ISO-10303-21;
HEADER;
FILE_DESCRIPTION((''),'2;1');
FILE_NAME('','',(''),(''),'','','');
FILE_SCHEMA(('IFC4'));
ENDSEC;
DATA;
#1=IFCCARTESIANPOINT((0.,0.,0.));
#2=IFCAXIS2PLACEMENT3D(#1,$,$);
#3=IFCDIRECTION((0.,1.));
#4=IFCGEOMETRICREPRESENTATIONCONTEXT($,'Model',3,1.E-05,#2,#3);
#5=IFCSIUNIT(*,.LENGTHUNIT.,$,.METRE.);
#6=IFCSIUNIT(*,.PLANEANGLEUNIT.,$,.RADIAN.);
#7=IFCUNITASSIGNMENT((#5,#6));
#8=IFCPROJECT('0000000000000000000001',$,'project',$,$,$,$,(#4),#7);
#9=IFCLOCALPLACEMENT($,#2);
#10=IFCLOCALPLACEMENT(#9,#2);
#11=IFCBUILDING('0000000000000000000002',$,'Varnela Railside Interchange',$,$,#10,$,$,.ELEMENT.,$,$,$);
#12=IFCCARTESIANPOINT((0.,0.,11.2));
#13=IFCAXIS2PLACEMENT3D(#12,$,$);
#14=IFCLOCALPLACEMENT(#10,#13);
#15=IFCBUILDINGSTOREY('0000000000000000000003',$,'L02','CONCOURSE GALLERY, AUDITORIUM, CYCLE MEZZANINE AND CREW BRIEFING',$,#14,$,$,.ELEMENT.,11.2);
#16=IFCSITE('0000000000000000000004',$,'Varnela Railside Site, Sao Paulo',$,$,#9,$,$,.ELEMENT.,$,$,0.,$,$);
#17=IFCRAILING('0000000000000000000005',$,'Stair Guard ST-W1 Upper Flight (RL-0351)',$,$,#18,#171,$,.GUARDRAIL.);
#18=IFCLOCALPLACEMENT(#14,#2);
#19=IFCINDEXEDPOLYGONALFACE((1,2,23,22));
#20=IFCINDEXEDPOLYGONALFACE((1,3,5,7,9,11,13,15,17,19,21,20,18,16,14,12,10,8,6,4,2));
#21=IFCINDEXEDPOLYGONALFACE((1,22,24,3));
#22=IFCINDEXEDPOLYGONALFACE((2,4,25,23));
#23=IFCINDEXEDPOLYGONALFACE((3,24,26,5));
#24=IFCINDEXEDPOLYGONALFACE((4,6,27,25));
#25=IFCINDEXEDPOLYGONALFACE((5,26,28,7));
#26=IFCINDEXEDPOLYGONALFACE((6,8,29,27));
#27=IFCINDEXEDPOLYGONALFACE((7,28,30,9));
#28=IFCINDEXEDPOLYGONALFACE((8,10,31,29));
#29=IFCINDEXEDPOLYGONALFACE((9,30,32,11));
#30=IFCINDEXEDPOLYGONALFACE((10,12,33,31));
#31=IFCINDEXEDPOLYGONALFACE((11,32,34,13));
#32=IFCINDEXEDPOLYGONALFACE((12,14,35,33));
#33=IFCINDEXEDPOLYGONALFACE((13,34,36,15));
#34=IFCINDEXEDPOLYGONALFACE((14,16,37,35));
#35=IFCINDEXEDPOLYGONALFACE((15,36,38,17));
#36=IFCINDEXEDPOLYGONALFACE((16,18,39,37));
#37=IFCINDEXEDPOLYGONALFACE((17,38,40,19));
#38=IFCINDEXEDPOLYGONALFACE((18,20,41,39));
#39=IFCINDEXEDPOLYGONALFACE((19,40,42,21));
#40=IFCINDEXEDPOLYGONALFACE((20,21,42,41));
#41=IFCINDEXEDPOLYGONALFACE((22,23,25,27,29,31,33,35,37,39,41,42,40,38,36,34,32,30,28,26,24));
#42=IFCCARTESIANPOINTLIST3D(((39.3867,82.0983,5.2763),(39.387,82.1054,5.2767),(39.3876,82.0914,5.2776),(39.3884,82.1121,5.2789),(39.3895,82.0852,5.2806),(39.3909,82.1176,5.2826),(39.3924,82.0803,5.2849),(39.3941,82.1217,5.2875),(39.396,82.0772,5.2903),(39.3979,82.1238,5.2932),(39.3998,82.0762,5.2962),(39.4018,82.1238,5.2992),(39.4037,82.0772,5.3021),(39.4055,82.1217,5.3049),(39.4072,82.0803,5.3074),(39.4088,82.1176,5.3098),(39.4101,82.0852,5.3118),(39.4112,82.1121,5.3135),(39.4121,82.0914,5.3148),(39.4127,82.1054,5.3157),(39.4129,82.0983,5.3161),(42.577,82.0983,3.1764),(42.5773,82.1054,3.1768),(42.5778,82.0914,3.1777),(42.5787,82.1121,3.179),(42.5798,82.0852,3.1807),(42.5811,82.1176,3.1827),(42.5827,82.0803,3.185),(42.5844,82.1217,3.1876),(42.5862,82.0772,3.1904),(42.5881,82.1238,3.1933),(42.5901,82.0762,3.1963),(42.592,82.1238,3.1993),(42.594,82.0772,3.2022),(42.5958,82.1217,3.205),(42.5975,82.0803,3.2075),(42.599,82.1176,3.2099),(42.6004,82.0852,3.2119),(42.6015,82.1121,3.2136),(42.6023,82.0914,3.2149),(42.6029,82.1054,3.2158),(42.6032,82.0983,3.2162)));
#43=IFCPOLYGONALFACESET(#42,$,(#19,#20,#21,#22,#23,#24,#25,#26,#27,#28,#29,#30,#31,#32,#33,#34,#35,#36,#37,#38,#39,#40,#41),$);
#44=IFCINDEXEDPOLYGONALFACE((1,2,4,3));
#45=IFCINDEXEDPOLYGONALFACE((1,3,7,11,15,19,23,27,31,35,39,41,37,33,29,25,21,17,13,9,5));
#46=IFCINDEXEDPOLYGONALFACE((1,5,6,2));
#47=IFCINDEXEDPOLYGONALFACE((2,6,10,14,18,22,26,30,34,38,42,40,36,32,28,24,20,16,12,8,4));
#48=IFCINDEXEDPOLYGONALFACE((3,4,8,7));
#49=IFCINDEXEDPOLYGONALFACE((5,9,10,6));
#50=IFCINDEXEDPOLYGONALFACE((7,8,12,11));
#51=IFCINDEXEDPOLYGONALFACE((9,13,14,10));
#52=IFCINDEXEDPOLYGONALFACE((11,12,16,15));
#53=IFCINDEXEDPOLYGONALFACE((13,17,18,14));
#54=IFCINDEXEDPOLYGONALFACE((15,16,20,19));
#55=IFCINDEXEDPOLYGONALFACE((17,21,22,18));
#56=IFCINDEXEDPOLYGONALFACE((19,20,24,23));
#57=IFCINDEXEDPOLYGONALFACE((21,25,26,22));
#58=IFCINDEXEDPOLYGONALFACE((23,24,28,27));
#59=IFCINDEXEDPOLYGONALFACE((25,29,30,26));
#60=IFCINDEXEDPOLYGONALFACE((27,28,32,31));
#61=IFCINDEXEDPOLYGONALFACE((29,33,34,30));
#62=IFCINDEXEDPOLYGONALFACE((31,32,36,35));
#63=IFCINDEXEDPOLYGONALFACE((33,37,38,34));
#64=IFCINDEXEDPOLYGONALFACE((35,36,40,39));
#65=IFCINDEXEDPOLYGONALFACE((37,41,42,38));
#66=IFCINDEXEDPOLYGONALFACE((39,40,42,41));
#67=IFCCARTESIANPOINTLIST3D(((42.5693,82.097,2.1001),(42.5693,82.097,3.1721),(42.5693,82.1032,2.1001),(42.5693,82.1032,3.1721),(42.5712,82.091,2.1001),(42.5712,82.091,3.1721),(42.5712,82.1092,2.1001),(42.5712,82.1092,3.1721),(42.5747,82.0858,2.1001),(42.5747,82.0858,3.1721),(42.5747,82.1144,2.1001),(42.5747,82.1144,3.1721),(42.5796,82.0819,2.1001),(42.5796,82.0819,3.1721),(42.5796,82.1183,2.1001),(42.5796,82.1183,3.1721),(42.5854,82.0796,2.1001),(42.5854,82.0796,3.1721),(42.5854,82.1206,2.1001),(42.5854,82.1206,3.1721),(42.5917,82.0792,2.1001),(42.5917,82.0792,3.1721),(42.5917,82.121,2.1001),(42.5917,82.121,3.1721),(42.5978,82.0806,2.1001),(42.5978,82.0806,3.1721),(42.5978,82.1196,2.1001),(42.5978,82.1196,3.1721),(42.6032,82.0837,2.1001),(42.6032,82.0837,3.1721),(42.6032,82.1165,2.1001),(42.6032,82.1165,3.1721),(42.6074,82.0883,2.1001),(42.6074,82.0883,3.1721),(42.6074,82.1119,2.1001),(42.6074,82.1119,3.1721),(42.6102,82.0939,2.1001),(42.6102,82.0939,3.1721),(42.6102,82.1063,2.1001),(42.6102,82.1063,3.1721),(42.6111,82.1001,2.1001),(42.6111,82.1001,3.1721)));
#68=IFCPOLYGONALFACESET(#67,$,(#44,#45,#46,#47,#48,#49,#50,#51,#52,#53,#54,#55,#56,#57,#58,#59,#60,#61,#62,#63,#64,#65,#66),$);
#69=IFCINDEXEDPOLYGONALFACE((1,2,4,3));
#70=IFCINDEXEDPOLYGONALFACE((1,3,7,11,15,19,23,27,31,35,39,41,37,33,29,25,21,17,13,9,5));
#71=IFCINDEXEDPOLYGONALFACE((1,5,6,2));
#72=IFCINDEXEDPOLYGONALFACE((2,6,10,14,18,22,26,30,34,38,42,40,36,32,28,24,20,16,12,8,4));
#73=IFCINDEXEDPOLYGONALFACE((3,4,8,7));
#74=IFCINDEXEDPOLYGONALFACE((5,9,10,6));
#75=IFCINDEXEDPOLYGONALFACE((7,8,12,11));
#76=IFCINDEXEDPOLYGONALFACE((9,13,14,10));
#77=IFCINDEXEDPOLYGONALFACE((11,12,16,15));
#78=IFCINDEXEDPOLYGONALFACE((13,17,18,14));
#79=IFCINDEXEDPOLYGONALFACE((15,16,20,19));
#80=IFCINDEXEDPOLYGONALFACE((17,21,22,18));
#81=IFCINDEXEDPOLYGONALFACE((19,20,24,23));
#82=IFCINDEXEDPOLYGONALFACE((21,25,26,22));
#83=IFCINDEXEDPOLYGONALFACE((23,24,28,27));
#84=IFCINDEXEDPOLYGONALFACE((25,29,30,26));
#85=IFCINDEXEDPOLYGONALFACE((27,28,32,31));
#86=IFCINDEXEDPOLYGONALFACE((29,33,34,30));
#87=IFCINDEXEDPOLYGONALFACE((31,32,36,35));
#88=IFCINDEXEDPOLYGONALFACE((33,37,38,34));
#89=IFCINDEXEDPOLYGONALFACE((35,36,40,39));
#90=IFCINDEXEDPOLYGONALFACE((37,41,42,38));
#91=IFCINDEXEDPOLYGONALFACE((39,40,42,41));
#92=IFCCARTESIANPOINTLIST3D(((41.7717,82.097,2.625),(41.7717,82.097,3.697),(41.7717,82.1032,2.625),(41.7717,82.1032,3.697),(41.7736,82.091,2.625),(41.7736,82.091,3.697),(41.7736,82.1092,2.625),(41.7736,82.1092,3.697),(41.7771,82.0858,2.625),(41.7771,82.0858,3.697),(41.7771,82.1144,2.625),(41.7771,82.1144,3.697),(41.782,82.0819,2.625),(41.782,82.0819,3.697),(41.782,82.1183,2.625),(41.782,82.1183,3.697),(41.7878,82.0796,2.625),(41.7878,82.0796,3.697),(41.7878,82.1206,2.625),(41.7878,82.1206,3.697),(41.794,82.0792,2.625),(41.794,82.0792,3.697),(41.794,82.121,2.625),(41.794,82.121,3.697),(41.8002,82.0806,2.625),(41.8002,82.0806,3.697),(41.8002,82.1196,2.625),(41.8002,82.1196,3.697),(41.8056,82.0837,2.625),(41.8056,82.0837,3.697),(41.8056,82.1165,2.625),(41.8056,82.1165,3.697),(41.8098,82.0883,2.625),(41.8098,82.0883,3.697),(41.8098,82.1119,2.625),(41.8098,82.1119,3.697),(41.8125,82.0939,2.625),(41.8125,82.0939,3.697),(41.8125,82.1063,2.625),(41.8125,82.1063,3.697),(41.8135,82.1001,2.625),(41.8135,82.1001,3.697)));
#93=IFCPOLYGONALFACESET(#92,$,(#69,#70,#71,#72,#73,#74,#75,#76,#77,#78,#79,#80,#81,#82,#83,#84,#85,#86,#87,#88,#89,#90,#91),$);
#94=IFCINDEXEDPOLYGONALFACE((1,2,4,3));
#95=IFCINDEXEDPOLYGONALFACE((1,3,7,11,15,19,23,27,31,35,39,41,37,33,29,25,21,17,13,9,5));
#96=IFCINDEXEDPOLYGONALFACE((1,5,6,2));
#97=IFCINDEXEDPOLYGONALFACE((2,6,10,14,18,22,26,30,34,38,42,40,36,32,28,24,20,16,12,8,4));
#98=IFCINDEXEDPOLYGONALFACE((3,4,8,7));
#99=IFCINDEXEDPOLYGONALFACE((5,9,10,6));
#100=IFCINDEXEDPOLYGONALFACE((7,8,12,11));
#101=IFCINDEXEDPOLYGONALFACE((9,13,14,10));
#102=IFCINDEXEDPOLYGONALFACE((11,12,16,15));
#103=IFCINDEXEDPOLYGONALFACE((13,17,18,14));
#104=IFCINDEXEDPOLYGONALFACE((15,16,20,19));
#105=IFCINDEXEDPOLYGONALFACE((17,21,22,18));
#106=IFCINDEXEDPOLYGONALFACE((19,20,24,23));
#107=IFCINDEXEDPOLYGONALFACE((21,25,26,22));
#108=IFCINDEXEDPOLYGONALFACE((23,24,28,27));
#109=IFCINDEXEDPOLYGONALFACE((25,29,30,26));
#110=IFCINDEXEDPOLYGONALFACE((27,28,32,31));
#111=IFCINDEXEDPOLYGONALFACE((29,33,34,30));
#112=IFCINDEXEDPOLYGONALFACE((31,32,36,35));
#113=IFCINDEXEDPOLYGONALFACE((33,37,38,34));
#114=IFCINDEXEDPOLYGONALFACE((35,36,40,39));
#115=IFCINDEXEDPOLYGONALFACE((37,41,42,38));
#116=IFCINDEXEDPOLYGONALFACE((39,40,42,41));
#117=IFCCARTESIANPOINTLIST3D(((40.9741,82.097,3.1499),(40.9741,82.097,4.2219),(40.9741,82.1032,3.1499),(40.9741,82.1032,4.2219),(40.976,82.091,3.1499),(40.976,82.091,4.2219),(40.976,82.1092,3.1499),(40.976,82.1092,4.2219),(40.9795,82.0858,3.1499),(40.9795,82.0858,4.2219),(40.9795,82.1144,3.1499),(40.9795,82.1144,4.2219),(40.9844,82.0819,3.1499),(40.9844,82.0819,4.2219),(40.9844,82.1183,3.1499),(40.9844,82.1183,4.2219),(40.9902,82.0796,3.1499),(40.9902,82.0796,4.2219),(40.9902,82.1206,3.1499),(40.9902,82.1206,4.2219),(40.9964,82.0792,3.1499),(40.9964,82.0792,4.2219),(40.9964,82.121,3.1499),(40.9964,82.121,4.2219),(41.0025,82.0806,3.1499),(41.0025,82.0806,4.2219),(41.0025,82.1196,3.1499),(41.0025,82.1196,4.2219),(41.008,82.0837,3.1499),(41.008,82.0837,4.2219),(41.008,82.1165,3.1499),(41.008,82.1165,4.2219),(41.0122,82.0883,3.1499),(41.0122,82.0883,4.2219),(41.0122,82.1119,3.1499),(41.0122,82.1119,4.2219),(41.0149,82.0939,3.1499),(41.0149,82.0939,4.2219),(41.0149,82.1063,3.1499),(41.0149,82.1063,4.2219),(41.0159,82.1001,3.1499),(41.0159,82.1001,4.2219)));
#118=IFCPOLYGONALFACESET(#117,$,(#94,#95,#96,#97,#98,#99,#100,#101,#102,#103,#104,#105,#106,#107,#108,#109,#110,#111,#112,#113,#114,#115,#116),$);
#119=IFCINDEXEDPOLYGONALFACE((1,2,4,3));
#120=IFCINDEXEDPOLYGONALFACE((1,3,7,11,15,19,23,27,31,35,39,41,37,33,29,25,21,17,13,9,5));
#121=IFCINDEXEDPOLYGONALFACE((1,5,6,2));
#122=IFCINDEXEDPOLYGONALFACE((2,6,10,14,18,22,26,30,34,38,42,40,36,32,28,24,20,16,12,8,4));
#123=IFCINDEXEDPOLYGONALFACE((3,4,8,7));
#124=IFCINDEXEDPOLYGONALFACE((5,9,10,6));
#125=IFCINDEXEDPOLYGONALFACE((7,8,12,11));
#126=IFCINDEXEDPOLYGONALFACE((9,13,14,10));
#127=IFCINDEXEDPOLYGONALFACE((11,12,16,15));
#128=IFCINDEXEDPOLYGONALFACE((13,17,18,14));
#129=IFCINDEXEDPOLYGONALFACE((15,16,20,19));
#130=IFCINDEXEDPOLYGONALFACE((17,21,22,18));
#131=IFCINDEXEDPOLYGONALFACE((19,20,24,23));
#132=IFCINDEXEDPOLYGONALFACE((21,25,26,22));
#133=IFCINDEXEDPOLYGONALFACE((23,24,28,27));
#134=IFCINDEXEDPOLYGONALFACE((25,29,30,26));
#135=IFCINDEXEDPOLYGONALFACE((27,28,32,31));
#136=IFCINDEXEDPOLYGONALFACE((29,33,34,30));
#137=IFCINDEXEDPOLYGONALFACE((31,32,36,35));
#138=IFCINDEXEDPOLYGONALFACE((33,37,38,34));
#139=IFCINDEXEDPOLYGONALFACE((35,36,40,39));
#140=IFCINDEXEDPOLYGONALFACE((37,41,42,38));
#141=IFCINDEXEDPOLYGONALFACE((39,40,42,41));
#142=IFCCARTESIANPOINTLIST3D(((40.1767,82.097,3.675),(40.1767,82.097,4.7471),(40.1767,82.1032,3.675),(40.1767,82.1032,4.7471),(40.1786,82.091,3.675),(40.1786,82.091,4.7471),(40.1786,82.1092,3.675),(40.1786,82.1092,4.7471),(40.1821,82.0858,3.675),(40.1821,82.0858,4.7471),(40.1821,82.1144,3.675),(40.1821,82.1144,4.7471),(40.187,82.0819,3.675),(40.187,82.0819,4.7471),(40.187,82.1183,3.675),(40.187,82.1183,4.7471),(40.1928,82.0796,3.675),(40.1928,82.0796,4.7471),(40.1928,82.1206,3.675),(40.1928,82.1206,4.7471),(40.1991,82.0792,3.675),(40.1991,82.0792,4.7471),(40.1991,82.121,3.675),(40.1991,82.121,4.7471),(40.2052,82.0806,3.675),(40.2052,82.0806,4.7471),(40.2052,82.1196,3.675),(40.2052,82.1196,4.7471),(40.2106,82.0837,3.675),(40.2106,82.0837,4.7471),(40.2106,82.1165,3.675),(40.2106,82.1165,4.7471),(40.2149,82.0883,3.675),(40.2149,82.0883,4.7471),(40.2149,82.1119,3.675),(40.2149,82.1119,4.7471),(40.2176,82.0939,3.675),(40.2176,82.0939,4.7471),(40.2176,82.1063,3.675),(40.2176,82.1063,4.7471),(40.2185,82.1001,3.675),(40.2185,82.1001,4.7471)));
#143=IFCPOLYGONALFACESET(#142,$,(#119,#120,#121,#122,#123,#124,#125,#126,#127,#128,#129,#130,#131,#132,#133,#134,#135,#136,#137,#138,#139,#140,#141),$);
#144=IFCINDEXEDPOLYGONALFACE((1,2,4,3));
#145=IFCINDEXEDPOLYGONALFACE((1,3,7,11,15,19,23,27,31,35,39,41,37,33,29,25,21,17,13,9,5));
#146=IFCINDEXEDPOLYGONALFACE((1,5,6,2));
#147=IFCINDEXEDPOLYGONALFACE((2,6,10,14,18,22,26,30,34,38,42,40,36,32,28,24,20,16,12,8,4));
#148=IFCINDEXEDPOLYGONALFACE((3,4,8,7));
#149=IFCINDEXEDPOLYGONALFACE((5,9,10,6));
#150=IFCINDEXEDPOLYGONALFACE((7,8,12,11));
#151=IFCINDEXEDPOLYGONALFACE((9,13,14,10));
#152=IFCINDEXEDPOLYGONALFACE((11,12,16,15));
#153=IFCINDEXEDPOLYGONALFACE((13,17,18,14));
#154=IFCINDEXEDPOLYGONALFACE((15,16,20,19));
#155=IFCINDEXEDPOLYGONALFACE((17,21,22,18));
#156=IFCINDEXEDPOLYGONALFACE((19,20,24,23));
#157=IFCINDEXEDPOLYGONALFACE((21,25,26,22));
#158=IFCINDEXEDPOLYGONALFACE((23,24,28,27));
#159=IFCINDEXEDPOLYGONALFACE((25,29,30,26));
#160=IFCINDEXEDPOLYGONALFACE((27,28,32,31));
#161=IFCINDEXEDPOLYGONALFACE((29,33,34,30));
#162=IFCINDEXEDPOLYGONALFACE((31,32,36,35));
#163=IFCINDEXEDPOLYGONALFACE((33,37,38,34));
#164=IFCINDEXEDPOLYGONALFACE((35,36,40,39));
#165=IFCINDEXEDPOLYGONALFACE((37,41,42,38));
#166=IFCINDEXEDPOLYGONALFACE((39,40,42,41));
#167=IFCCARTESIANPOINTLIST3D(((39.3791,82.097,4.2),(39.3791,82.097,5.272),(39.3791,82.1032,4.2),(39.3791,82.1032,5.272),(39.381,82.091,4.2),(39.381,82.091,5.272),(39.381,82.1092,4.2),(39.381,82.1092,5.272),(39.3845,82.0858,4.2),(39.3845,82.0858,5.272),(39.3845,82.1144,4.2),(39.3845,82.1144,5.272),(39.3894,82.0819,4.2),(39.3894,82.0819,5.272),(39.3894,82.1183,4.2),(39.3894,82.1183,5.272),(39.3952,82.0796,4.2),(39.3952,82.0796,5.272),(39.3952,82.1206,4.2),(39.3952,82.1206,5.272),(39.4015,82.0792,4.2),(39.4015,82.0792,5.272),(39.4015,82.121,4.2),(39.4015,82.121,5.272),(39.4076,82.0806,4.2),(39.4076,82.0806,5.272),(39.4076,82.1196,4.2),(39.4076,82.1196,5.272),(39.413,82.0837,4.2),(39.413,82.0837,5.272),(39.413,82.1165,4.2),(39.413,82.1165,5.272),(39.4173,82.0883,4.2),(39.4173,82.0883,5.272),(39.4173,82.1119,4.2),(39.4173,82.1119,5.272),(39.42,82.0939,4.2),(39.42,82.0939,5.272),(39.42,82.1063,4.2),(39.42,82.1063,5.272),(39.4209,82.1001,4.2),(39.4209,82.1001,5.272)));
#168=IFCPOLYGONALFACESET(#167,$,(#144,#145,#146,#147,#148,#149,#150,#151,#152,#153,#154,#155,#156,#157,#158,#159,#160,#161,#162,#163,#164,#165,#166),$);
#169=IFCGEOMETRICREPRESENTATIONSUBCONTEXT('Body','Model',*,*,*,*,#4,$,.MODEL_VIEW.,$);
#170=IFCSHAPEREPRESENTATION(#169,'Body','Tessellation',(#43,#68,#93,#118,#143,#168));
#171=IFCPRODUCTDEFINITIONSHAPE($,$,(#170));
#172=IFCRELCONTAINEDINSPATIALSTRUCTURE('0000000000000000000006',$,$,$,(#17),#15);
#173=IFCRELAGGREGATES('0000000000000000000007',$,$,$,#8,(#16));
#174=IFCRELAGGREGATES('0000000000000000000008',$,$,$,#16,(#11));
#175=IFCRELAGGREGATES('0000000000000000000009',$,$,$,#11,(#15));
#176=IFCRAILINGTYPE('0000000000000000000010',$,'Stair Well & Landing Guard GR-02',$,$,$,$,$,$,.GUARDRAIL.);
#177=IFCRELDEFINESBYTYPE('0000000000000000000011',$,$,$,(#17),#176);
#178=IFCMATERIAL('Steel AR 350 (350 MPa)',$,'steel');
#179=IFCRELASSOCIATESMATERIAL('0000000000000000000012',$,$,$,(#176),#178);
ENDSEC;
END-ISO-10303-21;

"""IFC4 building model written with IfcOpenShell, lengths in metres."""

from ifc_helpers import new_model, si_unit, direction, frame, origin, origin_2d, place, context, subcontext, project, spatial, circle, extrude, material, type_object, element, save


model = new_model("IFC4")

# Units and contexts
model_context = context("Model", 3, precision=1e-05, world=origin(), true_north=direction((0.0, 1.0)))
body_context = subcontext(model_context, "Body", "Model", "MODEL_VIEW")
ifc_project = project(units=[si_unit("LENGTHUNIT", "METRE"), si_unit("PLANEANGLEUNIT", "RADIAN")], contexts=[model_context])

# Site, building, storey
site_placement = place(None, origin())
site = spatial("IfcSite", under=ifc_project, at=site_placement, Name="Varnela Railside Site, Sao Paulo", CompositionType="ELEMENT", RefElevation=0.0)
building_placement = place(site_placement, origin())
building = spatial("IfcBuilding", under=site, at=building_placement, Name="Varnela Railside Interchange", CompositionType="ELEMENT")
storey_placement = place(building_placement, frame((0.0, 0.0, 11.2)))
storey = spatial("IfcBuildingStorey", under=building, at=storey_placement, Name="L02", Description="CONCOURSE GALLERY, AUDITORIUM, CYCLE MEZZANINE AND CREW BRIEFING", CompositionType="ELEMENT", Elevation=11.2)

# Shared definitions
ifc_material_1 = material(Name="Steel AR 350 (350 MPa)", Category="steel")

# Railing
railing_type_1 = type_object("IfcRailingType", Name="Stair Well & Landing Guard GR-02", PredefinedType="GUARDRAIL", material=ifc_material_1)
railing_1_placement = place(storey_placement, frame((42.5901, 82.1001, 2.1001)))
element("IfcRailing", 1, at=railing_1_placement, inside=storey, type_object=railing_type_1, Name="Stair Guard ST-W1 Upper Flight (RL-0351)", PredefinedType="GUARDRAIL", context=body_context, shape_type="SweptSolid", body=[
    extrude(circle(Radius=0.0239, at=origin_2d()), frame((0.0, 0.0, 1.0962), z_axis=(-0.835291, 0.0, 0.549808), x_axis=(0.0, -1.0, 0.0)), (0.0, 0.0, 1.0), 3.8193),
    extrude(circle(Radius=0.021, at=origin_2d()), origin(), (0.0, 0.0, 1.0), 1.072),
    extrude(circle(Radius=0.021, at=origin_2d()), frame((-0.7976, 0.0, 0.5249)), (0.0, 0.0, 1.0), 1.072),
    extrude(circle(Radius=0.021, at=origin_2d()), frame((-1.5952, 0.0, 1.0498)), (0.0, 0.0, 1.0), 1.072),
    extrude(circle(Radius=0.021, at=origin_2d()), frame((-2.3926, 0.0, 1.575)), (0.0, 0.0, 1.0), 1.072),
    extrude(circle(Radius=0.021, at=origin_2d()), frame((-3.1902, 0.0, 2.0999)), (0.0, 0.0, 1.0), 1.072),
])

save(model, "model.ifc")
